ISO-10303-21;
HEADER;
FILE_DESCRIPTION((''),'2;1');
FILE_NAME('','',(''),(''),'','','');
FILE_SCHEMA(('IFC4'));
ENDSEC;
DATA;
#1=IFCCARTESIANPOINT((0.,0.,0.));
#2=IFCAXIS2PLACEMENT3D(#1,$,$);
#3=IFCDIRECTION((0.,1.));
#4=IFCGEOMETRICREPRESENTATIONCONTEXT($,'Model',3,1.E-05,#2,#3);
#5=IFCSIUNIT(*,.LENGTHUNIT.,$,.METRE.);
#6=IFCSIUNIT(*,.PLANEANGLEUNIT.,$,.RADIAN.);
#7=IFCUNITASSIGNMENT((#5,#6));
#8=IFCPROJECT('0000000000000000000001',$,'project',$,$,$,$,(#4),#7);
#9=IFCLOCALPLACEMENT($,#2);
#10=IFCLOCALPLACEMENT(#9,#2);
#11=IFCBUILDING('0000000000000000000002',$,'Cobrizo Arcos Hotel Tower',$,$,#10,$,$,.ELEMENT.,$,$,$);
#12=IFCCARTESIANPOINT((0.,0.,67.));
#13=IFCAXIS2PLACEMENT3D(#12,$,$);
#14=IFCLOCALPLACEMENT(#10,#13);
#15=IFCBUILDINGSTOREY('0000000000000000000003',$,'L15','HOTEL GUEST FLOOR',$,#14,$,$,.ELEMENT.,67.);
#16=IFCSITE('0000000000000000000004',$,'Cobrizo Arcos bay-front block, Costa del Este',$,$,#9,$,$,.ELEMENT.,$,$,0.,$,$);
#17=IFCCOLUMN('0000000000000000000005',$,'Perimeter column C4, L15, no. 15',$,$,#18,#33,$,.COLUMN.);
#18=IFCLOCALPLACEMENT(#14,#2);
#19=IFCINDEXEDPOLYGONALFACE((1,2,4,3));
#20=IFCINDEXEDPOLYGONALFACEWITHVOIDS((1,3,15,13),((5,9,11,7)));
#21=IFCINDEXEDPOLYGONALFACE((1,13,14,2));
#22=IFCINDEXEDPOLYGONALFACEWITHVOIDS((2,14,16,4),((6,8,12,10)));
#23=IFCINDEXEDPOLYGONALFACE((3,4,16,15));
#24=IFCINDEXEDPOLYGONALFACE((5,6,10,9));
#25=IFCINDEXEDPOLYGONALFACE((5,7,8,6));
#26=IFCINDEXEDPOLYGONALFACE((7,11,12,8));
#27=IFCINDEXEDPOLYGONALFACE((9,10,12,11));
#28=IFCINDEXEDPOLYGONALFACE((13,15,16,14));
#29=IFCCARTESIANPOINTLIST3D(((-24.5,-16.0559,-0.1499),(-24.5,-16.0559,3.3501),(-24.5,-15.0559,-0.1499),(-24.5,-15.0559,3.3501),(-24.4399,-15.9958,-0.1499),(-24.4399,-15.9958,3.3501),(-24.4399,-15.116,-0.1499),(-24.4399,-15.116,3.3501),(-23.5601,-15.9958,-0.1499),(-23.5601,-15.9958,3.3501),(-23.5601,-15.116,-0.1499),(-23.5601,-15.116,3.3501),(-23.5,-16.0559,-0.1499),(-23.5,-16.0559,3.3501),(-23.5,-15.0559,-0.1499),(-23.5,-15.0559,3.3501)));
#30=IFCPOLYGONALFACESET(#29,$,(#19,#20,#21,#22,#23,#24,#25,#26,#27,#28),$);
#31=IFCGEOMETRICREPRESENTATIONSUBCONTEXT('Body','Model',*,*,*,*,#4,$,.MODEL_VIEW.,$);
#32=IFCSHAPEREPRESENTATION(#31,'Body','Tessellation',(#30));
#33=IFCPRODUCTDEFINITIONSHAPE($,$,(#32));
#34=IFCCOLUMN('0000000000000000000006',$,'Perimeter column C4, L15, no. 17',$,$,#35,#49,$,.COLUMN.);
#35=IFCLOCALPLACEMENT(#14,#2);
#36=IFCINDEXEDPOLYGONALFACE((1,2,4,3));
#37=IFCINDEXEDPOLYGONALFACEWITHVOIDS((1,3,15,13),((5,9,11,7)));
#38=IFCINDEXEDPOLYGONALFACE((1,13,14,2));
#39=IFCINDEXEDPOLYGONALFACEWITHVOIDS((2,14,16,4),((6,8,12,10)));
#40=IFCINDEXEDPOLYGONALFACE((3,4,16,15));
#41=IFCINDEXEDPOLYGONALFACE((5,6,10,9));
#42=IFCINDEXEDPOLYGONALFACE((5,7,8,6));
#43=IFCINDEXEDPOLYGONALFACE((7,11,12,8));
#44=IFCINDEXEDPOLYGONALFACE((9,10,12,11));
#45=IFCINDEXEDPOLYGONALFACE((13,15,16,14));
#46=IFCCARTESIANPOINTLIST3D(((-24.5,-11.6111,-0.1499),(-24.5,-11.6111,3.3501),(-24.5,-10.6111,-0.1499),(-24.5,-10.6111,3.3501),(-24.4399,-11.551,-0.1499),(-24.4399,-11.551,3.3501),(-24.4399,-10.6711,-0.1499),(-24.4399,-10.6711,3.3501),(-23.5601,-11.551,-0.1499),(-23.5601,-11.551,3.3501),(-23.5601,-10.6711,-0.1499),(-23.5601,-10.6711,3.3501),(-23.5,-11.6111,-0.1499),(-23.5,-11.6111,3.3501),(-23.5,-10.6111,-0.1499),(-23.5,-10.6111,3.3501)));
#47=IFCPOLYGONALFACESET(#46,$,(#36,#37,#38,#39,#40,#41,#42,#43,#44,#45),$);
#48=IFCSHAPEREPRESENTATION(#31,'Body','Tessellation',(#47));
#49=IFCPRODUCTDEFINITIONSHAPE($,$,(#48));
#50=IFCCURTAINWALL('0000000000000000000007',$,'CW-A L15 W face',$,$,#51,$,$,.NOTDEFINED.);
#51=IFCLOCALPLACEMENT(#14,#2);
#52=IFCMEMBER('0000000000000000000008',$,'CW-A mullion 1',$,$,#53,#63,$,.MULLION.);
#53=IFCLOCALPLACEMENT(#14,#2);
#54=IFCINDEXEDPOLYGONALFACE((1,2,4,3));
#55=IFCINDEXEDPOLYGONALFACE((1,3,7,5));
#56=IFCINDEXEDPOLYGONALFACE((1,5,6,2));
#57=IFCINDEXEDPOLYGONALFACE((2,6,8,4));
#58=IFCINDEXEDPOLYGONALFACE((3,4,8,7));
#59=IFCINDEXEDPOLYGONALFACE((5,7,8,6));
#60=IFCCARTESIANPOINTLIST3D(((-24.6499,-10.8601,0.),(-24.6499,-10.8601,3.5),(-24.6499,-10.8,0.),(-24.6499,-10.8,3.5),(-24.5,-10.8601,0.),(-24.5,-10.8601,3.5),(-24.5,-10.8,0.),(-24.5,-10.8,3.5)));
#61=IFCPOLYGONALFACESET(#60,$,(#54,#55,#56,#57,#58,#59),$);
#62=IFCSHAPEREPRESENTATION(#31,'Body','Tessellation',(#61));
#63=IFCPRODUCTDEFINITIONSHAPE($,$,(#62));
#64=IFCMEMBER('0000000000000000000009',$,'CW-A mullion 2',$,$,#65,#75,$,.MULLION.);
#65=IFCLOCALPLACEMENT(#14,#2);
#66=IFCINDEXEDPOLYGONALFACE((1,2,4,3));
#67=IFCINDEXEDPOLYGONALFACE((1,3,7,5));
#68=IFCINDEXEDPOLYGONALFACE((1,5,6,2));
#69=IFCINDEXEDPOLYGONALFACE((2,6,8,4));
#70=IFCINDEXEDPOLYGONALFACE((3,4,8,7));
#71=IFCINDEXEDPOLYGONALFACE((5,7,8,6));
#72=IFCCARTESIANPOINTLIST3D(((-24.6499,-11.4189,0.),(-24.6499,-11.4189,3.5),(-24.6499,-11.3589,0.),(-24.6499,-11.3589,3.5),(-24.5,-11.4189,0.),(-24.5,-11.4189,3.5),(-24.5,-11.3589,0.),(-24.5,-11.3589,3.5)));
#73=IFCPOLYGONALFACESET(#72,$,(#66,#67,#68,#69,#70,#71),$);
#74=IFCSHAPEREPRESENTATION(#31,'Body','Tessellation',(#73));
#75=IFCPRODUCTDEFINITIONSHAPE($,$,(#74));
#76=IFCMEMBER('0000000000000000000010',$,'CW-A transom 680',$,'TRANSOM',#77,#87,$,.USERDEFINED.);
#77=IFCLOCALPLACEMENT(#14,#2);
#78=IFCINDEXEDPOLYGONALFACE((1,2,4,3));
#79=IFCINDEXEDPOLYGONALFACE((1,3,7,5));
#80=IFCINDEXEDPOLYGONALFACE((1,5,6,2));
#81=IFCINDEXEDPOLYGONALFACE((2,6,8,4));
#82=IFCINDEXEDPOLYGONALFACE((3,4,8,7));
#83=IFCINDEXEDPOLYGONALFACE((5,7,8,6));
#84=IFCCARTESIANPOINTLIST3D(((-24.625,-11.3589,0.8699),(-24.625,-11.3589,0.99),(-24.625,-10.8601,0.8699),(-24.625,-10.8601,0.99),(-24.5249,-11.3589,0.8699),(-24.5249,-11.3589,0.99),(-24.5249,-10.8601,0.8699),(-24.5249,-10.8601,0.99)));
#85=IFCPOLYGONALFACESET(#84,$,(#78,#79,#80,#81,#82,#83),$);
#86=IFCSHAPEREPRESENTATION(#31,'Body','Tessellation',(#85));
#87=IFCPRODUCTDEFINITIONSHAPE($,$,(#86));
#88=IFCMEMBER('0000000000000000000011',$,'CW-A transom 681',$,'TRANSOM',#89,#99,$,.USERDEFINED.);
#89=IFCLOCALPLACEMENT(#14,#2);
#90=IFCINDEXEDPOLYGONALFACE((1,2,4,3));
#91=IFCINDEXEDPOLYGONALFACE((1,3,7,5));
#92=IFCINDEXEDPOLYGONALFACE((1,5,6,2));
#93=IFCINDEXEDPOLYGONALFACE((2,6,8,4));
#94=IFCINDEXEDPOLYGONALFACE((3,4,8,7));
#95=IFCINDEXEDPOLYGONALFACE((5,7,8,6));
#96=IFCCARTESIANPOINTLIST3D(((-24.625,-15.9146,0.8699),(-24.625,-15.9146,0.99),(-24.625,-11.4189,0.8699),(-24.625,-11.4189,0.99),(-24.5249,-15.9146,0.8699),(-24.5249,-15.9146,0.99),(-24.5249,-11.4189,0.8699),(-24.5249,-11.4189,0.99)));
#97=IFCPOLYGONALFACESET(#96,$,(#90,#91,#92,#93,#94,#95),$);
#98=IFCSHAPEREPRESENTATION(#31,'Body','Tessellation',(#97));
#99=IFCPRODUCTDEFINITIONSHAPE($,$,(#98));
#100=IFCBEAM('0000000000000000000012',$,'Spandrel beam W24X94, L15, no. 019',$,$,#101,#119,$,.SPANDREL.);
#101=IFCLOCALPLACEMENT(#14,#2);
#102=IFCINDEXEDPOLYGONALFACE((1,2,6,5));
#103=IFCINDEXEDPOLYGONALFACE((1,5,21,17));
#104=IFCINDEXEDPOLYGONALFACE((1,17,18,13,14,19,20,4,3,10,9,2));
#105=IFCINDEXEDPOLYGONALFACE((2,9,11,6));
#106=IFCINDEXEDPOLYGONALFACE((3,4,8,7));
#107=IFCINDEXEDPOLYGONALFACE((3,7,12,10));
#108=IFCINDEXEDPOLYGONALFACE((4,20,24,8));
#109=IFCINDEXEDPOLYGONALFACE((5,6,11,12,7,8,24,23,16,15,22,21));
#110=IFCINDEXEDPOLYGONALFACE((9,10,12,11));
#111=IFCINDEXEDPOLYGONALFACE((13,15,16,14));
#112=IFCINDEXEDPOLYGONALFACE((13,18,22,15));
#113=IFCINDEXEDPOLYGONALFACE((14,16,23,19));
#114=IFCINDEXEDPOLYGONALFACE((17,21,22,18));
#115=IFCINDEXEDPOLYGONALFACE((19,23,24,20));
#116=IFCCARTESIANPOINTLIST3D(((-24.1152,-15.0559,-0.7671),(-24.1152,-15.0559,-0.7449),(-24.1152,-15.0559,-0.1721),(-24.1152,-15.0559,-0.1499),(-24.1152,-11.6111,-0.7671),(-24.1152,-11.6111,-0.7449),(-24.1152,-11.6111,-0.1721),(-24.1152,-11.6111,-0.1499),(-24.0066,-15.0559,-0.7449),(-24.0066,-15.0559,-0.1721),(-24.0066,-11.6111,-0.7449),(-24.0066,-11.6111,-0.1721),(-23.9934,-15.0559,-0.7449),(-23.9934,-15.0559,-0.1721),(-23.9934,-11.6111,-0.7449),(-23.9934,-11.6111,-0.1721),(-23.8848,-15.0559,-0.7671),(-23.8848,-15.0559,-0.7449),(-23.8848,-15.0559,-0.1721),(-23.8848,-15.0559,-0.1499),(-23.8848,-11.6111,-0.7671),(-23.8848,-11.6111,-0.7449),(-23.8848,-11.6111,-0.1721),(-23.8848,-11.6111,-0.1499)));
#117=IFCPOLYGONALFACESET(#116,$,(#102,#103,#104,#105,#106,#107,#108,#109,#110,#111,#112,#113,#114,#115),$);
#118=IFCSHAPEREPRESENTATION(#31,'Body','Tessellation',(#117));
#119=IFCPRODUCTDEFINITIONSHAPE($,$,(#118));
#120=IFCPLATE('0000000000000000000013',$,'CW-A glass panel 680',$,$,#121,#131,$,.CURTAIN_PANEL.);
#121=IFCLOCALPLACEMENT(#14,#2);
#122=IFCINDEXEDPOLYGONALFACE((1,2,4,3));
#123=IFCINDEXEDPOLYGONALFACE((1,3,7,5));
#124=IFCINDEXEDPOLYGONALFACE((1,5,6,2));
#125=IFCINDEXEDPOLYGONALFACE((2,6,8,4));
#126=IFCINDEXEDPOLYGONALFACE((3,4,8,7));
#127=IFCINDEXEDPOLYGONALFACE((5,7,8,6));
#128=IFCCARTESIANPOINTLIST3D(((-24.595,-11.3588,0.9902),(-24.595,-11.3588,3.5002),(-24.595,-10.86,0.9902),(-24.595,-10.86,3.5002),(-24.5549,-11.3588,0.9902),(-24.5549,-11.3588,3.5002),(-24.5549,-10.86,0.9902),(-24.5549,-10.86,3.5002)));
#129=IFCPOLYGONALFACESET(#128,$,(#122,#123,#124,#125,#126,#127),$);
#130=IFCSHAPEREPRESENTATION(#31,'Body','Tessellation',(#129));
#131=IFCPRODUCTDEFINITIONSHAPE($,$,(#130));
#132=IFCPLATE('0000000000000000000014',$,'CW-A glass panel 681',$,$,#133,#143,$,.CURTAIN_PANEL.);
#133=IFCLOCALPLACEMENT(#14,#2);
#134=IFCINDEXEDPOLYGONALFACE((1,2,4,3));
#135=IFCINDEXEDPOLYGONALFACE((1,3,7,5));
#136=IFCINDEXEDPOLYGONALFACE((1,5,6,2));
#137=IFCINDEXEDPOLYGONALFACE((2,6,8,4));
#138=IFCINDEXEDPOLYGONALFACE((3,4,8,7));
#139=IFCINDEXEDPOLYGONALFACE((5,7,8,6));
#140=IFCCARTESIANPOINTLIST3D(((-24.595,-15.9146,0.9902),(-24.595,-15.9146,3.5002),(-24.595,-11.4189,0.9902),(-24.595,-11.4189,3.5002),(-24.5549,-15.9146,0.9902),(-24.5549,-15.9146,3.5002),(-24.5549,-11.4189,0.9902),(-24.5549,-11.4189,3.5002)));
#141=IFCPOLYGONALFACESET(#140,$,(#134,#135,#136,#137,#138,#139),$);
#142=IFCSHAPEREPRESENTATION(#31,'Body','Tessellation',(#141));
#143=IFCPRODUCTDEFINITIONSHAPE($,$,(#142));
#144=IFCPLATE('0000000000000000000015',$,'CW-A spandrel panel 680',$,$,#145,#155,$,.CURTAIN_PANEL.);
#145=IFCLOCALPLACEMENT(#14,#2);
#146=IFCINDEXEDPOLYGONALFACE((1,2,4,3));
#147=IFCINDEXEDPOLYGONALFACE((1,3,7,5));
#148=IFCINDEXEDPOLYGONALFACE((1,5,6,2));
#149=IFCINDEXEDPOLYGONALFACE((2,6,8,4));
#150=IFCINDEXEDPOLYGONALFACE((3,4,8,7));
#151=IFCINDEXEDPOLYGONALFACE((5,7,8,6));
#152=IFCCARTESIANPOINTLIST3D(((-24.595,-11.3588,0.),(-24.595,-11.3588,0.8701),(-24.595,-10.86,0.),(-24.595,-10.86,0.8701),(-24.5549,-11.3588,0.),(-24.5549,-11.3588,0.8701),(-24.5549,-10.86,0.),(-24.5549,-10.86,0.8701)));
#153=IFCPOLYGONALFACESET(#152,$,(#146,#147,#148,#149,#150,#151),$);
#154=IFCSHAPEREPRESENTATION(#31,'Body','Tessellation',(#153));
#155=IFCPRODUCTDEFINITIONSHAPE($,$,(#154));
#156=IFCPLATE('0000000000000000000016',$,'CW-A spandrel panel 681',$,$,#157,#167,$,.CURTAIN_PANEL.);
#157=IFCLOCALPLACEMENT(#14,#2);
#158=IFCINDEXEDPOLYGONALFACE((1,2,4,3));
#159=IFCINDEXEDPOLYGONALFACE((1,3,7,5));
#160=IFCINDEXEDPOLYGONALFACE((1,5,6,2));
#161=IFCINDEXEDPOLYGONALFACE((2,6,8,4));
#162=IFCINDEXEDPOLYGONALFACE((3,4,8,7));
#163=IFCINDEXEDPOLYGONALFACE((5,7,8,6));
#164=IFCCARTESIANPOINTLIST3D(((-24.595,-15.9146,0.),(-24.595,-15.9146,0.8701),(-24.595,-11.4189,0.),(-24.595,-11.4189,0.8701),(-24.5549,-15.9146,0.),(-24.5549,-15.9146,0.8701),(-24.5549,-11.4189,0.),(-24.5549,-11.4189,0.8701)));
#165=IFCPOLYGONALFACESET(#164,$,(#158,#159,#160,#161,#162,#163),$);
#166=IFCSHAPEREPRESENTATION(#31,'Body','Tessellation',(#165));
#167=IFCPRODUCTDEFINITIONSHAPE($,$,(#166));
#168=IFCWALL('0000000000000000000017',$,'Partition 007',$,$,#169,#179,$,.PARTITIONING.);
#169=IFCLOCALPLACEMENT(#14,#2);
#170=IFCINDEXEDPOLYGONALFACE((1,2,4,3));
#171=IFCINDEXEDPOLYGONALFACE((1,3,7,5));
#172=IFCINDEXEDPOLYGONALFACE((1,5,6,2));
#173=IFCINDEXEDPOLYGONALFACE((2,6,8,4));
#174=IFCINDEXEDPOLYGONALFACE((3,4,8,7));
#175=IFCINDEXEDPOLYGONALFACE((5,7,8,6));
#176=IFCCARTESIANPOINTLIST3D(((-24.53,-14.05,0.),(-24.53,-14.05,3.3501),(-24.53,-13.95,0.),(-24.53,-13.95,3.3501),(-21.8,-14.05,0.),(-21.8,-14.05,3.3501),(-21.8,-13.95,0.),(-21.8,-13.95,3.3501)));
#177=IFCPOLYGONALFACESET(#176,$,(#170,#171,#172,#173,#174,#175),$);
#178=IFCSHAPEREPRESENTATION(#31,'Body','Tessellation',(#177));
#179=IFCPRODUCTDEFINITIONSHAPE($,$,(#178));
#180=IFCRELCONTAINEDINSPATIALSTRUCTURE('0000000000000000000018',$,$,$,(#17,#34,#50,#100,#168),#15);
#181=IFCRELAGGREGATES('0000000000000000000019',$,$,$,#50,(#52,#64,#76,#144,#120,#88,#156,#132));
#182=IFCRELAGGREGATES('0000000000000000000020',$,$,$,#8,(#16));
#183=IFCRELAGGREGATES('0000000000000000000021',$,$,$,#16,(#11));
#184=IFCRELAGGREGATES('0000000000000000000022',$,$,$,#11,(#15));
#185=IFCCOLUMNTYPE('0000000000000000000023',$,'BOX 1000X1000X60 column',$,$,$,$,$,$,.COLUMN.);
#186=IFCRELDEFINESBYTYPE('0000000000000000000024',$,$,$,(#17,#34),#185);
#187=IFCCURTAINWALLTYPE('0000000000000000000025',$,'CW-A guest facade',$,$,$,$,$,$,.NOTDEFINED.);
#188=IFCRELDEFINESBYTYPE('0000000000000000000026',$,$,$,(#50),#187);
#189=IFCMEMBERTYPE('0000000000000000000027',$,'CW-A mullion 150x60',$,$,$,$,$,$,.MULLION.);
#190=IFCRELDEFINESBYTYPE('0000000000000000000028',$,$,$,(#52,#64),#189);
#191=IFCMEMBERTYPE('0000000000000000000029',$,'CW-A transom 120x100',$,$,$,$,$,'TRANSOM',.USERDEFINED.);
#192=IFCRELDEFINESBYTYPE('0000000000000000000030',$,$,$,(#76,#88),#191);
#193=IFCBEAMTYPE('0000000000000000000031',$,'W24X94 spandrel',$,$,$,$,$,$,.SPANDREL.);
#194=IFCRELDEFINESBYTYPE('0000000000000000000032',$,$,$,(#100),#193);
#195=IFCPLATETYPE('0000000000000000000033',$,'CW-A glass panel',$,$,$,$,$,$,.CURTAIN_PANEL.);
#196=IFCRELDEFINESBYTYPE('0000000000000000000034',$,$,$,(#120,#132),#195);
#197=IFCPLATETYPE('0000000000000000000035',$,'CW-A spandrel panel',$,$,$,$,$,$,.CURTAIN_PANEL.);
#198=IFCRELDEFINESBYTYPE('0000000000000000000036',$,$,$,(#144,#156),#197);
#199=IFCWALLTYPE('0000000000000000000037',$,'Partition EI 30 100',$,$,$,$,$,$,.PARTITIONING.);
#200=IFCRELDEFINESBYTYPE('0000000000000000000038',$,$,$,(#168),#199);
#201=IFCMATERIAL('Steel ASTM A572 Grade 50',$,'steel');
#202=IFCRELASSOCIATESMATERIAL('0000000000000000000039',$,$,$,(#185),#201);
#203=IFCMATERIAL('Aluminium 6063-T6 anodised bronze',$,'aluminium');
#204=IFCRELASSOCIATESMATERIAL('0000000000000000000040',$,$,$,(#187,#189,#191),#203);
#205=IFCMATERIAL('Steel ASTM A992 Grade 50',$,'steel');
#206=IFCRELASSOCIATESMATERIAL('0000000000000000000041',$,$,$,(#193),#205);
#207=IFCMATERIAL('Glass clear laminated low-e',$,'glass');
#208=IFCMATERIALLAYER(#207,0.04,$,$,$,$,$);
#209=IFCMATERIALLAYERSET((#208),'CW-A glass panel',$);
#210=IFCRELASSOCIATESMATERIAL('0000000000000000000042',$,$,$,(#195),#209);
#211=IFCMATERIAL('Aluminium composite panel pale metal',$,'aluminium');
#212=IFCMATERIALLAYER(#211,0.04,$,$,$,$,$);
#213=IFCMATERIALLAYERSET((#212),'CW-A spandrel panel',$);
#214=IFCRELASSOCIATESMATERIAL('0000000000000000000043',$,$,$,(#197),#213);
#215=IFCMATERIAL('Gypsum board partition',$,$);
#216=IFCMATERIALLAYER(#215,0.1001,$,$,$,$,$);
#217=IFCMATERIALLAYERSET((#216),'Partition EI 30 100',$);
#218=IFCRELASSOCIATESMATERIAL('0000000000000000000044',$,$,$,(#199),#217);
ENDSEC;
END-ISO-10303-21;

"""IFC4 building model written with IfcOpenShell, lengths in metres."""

from ifc_helpers import new_model, si_unit, direction, frame, frame_2d, origin, origin_2d, place, context, subcontext, project, spatial, rectangle, hollow_rectangle, i_section, extrude, material, layer, layer_set, material_profile, profile_set, type_object, element, aggregate, save


model = new_model("IFC4")

# Units and contexts
model_context = context("Model", 3, precision=1e-05, world=origin(), true_north=direction((0.0, 1.0)))
body_context = subcontext(model_context, "Body", "Model", "MODEL_VIEW")
ifc_project = project(units=[si_unit("LENGTHUNIT", "METRE"), si_unit("PLANEANGLEUNIT", "RADIAN")], contexts=[model_context])

# Site, building, storey
site_placement = place(None, origin())
site = spatial("IfcSite", under=ifc_project, at=site_placement, Name="Cobrizo Arcos bay-front block, Costa del Este", CompositionType="ELEMENT", RefElevation=0.0)
building_placement = place(site_placement, origin())
building = spatial("IfcBuilding", under=site, at=building_placement, Name="Cobrizo Arcos Hotel Tower", CompositionType="ELEMENT")
storey_placement = place(building_placement, frame((0.0, 0.0, 67.0)))
storey = spatial("IfcBuildingStorey", under=building, at=storey_placement, Name="L15", Description="HOTEL GUEST FLOOR", CompositionType="ELEMENT", Elevation=67.0)

# Columns
ifc_material_1 = material(Name="Steel ASTM A572 Grade 50", Category="steel")
ifc_material_profile_1 = material_profile(ifc_material_1, hollow_rectangle(XDim=1.0, YDim=1.0, WallThickness=0.0601, at=origin_2d()), Name="BOX 1000X1000X60")
ifc_profile_set_1 = profile_set([ifc_material_profile_1], Name="Steel ASTM A572 Grade 50")
column_type = type_object("IfcColumnType", Name="BOX 1000X1000X60 column", PredefinedType="COLUMN", material=ifc_profile_set_1)
for number, where, z_axis, x_axis, name in (
    (1, (-24.0, -15.5559, -0.1499), (0.0, 0.0, 1.0), (1.0, 0.0, 0.0), "Perimeter column C4, L15, no. 15"),
    (2, (-24.0, -11.1111, -0.1499), (0.0, 0.0, 1.0), (1.0, 0.0, 0.0), "Perimeter column C4, L15, no. 17"),
):
    element("IfcColumn", number, at=place(storey_placement, frame(where, z_axis=z_axis, x_axis=x_axis)), inside=storey, type_object=column_type, Name=name, PredefinedType="COLUMN", context=body_context, shape_type="SweptSolid", body=[
        extrude(hollow_rectangle(XDim=1.0, YDim=1.0, WallThickness=0.0601, at=origin_2d()), origin(), (0.0, 0.0, 1.0), 3.5),
    ])

# Curtain wall, members
ifc_material_2 = material(Name="Aluminium 6063-T6 anodised bronze", Category="aluminium")
curtain_wall_type = type_object("IfcCurtainWallType", Name="CW-A guest facade", PredefinedType="NOTDEFINED", material=ifc_material_2)
curtain_wall_placement = place(storey_placement, origin())
curtain_wall = element("IfcCurtainWall", 3, at=curtain_wall_placement, inside=storey, type_object=curtain_wall_type, Name="CW-A L15 W face", PredefinedType="NOTDEFINED")
ifc_material_profile_2 = material_profile(ifc_material_2, rectangle(XDim=0.1499, YDim=0.0601, at=origin_2d()), Name="CW-A mullion 150x60")
ifc_profile_set_2 = profile_set([ifc_material_profile_2], Name="Aluminium 6063-T6 anodised bronze")
member_type_1 = type_object("IfcMemberType", Name="CW-A mullion 150x60", PredefinedType="MULLION", material=ifc_profile_set_2)
member_1_placement = place(storey_placement, frame((-24.575, -10.8301, 0.0), z_axis=(0.0, 0.0, 1.0), x_axis=(-1.0, 0.0, 0.0)))
member_1 = element("IfcMember", 4, at=member_1_placement, type_object=member_type_1, Name="CW-A mullion 1", PredefinedType="MULLION", context=body_context, shape_type="SweptSolid", body=[
    extrude(rectangle(XDim=0.1499, YDim=0.0601, at=origin_2d()), origin(), (0.0, 0.0, 1.0), 3.5),
])
member_2_placement = place(storey_placement, frame((-24.575, -11.3889, 0.0), z_axis=(0.0, 0.0, 1.0), x_axis=(-1.0, 0.0, 0.0)))
member_2 = element("IfcMember", 5, at=member_2_placement, type_object=member_type_1, Name="CW-A mullion 2", PredefinedType="MULLION", context=body_context, shape_type="SweptSolid", body=[
    extrude(rectangle(XDim=0.1499, YDim=0.0601, at=origin_2d()), origin(), (0.0, 0.0, 1.0), 3.5),
])
ifc_material_profile_3 = material_profile(ifc_material_2, rectangle(XDim=0.1001, YDim=0.1201, at=origin_2d()), Name="CW-A transom 120x100")
ifc_profile_set_3 = profile_set([ifc_material_profile_3], Name="Aluminium 6063-T6 anodised bronze")
member_type_2 = type_object("IfcMemberType", Name="CW-A transom 120x100", ElementType="TRANSOM", PredefinedType="USERDEFINED", material=ifc_profile_set_3)
member_3_placement = place(storey_placement, frame((-24.575, -10.8601, 0.9299), z_axis=(0.0, -1.0, 0.0), x_axis=(1.0, 0.0, 0.0)))
member_3 = element("IfcMember", 6, at=member_3_placement, type_object=member_type_2, Name="CW-A transom 680", ObjectType="TRANSOM", PredefinedType="USERDEFINED", context=body_context, shape_type="SweptSolid", body=[
    extrude(rectangle(XDim=0.1001, YDim=0.1201, at=origin_2d()), origin(), (0.0, 0.0, 1.0), 0.4988),
])
member_4_placement = place(storey_placement, frame((-24.575, -11.4189, 0.9299), z_axis=(0.0, -1.0, 0.0), x_axis=(1.0, 0.0, 0.0)))
member_4 = element("IfcMember", 7, at=member_4_placement, type_object=member_type_2, Name="CW-A transom 681", ObjectType="TRANSOM", PredefinedType="USERDEFINED", context=body_context, shape_type="SweptSolid", body=[
    extrude(rectangle(XDim=0.1001, YDim=0.1201, at=origin_2d()), origin(), (0.0, 0.0, 1.0), 4.4956),
])

# Beam
ifc_material_3 = material(Name="Steel ASTM A992 Grade 50", Category="steel")
ifc_material_profile_4 = material_profile(ifc_material_3, i_section(OverallWidth=0.2305, OverallDepth=0.6172, WebThickness=0.0132, FlangeThickness=0.0222, at=origin_2d()), Name="W24X94")
ifc_profile_set_4 = profile_set([ifc_material_profile_4], Name="Steel ASTM A992 Grade 50")
beam_type = type_object("IfcBeamType", Name="W24X94 spandrel", PredefinedType="SPANDREL", material=ifc_profile_set_4)
beam_placement = place(storey_placement, frame((-24.0, -15.0559, -0.4585), z_axis=(0.0, 1.0, 0.0), x_axis=(-1.0, 0.0, 0.0)))
element("IfcBeam", 8, at=beam_placement, inside=storey, type_object=beam_type, Name="Spandrel beam W24X94, L15, no. 019", PredefinedType="SPANDREL", context=body_context, shape_type="SweptSolid", body=[
    extrude(i_section(OverallWidth=0.2305, OverallDepth=0.6172, WebThickness=0.0132, FlangeThickness=0.0222, at=origin_2d()), origin(), (0.0, 0.0, 1.0), 3.4448),
])

# Plates
ifc_material_4 = material(Name="Glass clear laminated low-e", Category="glass")
ifc_layer_1 = layer(ifc_material_4, 0.04)
ifc_layer_set_1 = layer_set([ifc_layer_1], Name="CW-A glass panel")
plate_type_1 = type_object("IfcPlateType", Name="CW-A glass panel", PredefinedType="CURTAIN_PANEL", material=ifc_layer_set_1)
plate_1_placement = place(storey_placement, frame((-24.575, -11.1094, 0.9902), z_axis=(0.0, 0.0, 1.0), x_axis=(0.0, -1.0, 0.0)))
plate_1 = element("IfcPlate", 9, at=plate_1_placement, type_object=plate_type_1, Name="CW-A glass panel 680", PredefinedType="CURTAIN_PANEL", context=body_context, shape_type="SweptSolid", body=[
    extrude(rectangle(XDim=0.4988, YDim=0.04, at=origin_2d()), origin(), (0.0, 0.0, 1.0), 2.51),
])
plate_2_placement = place(storey_placement, frame((-24.575, -13.6667, 0.9902), z_axis=(0.0, 0.0, 1.0), x_axis=(0.0, -1.0, 0.0)))
plate_2 = element("IfcPlate", 10, at=plate_2_placement, type_object=plate_type_1, Name="CW-A glass panel 681", PredefinedType="CURTAIN_PANEL", context=body_context, shape_type="SweptSolid", body=[
    extrude(rectangle(XDim=4.4956, YDim=0.04, at=origin_2d()), origin(), (0.0, 0.0, 1.0), 2.51),
])
ifc_material_5 = material(Name="Aluminium composite panel pale metal", Category="aluminium")
ifc_layer_2 = layer(ifc_material_5, 0.04)
ifc_layer_set_2 = layer_set([ifc_layer_2], Name="CW-A spandrel panel")
plate_type_2 = type_object("IfcPlateType", Name="CW-A spandrel panel", PredefinedType="CURTAIN_PANEL", material=ifc_layer_set_2)
plate_3_placement = place(storey_placement, frame((-24.575, -11.1094, 0.0), z_axis=(0.0, 0.0, 1.0), x_axis=(0.0, -1.0, 0.0)))
plate_3 = element("IfcPlate", 11, at=plate_3_placement, type_object=plate_type_2, Name="CW-A spandrel panel 680", PredefinedType="CURTAIN_PANEL", context=body_context, shape_type="SweptSolid", body=[
    extrude(rectangle(XDim=0.4988, YDim=0.04, at=origin_2d()), origin(), (0.0, 0.0, 1.0), 0.8701),
])
plate_4_placement = place(storey_placement, frame((-24.575, -13.6667, 0.0), z_axis=(0.0, 0.0, 1.0), x_axis=(0.0, -1.0, 0.0)))
plate_4 = element("IfcPlate", 12, at=plate_4_placement, type_object=plate_type_2, Name="CW-A spandrel panel 681", PredefinedType="CURTAIN_PANEL", context=body_context, shape_type="SweptSolid", body=[
    extrude(rectangle(XDim=4.4956, YDim=0.04, at=origin_2d()), origin(), (0.0, 0.0, 1.0), 0.8701),
])
aggregate(curtain_wall, [member_1, member_2, member_3, plate_3, plate_1, member_4, plate_4, plate_2])

# Wall
ifc_material_6 = material(Name="Gypsum board partition")
ifc_layer_3 = layer(ifc_material_6, 0.1001)
ifc_layer_set_3 = layer_set([ifc_layer_3], Name="Partition EI 30 100")
wall_type_1 = type_object("IfcWallType", Name="Partition EI 30 100", PredefinedType="PARTITIONING", material=ifc_layer_set_3)
wall_1_placement = place(storey_placement, frame((-24.53, -14.0, 0.0), z_axis=(0.0, 0.0, 1.0), x_axis=(1.0, 0.0, 0.0)))
element("IfcWall", 13, at=wall_1_placement, inside=storey, type_object=wall_type_1, Name="Partition 007", PredefinedType="PARTITIONING", context=body_context, shape_type="SweptSolid", body=[
    extrude(rectangle(XDim=2.73, YDim=0.1001, at=frame_2d((1.365, 0.0))), origin(), (0.0, 0.0, 1.0), 3.3501),
])

save(model, "model.ifc")
